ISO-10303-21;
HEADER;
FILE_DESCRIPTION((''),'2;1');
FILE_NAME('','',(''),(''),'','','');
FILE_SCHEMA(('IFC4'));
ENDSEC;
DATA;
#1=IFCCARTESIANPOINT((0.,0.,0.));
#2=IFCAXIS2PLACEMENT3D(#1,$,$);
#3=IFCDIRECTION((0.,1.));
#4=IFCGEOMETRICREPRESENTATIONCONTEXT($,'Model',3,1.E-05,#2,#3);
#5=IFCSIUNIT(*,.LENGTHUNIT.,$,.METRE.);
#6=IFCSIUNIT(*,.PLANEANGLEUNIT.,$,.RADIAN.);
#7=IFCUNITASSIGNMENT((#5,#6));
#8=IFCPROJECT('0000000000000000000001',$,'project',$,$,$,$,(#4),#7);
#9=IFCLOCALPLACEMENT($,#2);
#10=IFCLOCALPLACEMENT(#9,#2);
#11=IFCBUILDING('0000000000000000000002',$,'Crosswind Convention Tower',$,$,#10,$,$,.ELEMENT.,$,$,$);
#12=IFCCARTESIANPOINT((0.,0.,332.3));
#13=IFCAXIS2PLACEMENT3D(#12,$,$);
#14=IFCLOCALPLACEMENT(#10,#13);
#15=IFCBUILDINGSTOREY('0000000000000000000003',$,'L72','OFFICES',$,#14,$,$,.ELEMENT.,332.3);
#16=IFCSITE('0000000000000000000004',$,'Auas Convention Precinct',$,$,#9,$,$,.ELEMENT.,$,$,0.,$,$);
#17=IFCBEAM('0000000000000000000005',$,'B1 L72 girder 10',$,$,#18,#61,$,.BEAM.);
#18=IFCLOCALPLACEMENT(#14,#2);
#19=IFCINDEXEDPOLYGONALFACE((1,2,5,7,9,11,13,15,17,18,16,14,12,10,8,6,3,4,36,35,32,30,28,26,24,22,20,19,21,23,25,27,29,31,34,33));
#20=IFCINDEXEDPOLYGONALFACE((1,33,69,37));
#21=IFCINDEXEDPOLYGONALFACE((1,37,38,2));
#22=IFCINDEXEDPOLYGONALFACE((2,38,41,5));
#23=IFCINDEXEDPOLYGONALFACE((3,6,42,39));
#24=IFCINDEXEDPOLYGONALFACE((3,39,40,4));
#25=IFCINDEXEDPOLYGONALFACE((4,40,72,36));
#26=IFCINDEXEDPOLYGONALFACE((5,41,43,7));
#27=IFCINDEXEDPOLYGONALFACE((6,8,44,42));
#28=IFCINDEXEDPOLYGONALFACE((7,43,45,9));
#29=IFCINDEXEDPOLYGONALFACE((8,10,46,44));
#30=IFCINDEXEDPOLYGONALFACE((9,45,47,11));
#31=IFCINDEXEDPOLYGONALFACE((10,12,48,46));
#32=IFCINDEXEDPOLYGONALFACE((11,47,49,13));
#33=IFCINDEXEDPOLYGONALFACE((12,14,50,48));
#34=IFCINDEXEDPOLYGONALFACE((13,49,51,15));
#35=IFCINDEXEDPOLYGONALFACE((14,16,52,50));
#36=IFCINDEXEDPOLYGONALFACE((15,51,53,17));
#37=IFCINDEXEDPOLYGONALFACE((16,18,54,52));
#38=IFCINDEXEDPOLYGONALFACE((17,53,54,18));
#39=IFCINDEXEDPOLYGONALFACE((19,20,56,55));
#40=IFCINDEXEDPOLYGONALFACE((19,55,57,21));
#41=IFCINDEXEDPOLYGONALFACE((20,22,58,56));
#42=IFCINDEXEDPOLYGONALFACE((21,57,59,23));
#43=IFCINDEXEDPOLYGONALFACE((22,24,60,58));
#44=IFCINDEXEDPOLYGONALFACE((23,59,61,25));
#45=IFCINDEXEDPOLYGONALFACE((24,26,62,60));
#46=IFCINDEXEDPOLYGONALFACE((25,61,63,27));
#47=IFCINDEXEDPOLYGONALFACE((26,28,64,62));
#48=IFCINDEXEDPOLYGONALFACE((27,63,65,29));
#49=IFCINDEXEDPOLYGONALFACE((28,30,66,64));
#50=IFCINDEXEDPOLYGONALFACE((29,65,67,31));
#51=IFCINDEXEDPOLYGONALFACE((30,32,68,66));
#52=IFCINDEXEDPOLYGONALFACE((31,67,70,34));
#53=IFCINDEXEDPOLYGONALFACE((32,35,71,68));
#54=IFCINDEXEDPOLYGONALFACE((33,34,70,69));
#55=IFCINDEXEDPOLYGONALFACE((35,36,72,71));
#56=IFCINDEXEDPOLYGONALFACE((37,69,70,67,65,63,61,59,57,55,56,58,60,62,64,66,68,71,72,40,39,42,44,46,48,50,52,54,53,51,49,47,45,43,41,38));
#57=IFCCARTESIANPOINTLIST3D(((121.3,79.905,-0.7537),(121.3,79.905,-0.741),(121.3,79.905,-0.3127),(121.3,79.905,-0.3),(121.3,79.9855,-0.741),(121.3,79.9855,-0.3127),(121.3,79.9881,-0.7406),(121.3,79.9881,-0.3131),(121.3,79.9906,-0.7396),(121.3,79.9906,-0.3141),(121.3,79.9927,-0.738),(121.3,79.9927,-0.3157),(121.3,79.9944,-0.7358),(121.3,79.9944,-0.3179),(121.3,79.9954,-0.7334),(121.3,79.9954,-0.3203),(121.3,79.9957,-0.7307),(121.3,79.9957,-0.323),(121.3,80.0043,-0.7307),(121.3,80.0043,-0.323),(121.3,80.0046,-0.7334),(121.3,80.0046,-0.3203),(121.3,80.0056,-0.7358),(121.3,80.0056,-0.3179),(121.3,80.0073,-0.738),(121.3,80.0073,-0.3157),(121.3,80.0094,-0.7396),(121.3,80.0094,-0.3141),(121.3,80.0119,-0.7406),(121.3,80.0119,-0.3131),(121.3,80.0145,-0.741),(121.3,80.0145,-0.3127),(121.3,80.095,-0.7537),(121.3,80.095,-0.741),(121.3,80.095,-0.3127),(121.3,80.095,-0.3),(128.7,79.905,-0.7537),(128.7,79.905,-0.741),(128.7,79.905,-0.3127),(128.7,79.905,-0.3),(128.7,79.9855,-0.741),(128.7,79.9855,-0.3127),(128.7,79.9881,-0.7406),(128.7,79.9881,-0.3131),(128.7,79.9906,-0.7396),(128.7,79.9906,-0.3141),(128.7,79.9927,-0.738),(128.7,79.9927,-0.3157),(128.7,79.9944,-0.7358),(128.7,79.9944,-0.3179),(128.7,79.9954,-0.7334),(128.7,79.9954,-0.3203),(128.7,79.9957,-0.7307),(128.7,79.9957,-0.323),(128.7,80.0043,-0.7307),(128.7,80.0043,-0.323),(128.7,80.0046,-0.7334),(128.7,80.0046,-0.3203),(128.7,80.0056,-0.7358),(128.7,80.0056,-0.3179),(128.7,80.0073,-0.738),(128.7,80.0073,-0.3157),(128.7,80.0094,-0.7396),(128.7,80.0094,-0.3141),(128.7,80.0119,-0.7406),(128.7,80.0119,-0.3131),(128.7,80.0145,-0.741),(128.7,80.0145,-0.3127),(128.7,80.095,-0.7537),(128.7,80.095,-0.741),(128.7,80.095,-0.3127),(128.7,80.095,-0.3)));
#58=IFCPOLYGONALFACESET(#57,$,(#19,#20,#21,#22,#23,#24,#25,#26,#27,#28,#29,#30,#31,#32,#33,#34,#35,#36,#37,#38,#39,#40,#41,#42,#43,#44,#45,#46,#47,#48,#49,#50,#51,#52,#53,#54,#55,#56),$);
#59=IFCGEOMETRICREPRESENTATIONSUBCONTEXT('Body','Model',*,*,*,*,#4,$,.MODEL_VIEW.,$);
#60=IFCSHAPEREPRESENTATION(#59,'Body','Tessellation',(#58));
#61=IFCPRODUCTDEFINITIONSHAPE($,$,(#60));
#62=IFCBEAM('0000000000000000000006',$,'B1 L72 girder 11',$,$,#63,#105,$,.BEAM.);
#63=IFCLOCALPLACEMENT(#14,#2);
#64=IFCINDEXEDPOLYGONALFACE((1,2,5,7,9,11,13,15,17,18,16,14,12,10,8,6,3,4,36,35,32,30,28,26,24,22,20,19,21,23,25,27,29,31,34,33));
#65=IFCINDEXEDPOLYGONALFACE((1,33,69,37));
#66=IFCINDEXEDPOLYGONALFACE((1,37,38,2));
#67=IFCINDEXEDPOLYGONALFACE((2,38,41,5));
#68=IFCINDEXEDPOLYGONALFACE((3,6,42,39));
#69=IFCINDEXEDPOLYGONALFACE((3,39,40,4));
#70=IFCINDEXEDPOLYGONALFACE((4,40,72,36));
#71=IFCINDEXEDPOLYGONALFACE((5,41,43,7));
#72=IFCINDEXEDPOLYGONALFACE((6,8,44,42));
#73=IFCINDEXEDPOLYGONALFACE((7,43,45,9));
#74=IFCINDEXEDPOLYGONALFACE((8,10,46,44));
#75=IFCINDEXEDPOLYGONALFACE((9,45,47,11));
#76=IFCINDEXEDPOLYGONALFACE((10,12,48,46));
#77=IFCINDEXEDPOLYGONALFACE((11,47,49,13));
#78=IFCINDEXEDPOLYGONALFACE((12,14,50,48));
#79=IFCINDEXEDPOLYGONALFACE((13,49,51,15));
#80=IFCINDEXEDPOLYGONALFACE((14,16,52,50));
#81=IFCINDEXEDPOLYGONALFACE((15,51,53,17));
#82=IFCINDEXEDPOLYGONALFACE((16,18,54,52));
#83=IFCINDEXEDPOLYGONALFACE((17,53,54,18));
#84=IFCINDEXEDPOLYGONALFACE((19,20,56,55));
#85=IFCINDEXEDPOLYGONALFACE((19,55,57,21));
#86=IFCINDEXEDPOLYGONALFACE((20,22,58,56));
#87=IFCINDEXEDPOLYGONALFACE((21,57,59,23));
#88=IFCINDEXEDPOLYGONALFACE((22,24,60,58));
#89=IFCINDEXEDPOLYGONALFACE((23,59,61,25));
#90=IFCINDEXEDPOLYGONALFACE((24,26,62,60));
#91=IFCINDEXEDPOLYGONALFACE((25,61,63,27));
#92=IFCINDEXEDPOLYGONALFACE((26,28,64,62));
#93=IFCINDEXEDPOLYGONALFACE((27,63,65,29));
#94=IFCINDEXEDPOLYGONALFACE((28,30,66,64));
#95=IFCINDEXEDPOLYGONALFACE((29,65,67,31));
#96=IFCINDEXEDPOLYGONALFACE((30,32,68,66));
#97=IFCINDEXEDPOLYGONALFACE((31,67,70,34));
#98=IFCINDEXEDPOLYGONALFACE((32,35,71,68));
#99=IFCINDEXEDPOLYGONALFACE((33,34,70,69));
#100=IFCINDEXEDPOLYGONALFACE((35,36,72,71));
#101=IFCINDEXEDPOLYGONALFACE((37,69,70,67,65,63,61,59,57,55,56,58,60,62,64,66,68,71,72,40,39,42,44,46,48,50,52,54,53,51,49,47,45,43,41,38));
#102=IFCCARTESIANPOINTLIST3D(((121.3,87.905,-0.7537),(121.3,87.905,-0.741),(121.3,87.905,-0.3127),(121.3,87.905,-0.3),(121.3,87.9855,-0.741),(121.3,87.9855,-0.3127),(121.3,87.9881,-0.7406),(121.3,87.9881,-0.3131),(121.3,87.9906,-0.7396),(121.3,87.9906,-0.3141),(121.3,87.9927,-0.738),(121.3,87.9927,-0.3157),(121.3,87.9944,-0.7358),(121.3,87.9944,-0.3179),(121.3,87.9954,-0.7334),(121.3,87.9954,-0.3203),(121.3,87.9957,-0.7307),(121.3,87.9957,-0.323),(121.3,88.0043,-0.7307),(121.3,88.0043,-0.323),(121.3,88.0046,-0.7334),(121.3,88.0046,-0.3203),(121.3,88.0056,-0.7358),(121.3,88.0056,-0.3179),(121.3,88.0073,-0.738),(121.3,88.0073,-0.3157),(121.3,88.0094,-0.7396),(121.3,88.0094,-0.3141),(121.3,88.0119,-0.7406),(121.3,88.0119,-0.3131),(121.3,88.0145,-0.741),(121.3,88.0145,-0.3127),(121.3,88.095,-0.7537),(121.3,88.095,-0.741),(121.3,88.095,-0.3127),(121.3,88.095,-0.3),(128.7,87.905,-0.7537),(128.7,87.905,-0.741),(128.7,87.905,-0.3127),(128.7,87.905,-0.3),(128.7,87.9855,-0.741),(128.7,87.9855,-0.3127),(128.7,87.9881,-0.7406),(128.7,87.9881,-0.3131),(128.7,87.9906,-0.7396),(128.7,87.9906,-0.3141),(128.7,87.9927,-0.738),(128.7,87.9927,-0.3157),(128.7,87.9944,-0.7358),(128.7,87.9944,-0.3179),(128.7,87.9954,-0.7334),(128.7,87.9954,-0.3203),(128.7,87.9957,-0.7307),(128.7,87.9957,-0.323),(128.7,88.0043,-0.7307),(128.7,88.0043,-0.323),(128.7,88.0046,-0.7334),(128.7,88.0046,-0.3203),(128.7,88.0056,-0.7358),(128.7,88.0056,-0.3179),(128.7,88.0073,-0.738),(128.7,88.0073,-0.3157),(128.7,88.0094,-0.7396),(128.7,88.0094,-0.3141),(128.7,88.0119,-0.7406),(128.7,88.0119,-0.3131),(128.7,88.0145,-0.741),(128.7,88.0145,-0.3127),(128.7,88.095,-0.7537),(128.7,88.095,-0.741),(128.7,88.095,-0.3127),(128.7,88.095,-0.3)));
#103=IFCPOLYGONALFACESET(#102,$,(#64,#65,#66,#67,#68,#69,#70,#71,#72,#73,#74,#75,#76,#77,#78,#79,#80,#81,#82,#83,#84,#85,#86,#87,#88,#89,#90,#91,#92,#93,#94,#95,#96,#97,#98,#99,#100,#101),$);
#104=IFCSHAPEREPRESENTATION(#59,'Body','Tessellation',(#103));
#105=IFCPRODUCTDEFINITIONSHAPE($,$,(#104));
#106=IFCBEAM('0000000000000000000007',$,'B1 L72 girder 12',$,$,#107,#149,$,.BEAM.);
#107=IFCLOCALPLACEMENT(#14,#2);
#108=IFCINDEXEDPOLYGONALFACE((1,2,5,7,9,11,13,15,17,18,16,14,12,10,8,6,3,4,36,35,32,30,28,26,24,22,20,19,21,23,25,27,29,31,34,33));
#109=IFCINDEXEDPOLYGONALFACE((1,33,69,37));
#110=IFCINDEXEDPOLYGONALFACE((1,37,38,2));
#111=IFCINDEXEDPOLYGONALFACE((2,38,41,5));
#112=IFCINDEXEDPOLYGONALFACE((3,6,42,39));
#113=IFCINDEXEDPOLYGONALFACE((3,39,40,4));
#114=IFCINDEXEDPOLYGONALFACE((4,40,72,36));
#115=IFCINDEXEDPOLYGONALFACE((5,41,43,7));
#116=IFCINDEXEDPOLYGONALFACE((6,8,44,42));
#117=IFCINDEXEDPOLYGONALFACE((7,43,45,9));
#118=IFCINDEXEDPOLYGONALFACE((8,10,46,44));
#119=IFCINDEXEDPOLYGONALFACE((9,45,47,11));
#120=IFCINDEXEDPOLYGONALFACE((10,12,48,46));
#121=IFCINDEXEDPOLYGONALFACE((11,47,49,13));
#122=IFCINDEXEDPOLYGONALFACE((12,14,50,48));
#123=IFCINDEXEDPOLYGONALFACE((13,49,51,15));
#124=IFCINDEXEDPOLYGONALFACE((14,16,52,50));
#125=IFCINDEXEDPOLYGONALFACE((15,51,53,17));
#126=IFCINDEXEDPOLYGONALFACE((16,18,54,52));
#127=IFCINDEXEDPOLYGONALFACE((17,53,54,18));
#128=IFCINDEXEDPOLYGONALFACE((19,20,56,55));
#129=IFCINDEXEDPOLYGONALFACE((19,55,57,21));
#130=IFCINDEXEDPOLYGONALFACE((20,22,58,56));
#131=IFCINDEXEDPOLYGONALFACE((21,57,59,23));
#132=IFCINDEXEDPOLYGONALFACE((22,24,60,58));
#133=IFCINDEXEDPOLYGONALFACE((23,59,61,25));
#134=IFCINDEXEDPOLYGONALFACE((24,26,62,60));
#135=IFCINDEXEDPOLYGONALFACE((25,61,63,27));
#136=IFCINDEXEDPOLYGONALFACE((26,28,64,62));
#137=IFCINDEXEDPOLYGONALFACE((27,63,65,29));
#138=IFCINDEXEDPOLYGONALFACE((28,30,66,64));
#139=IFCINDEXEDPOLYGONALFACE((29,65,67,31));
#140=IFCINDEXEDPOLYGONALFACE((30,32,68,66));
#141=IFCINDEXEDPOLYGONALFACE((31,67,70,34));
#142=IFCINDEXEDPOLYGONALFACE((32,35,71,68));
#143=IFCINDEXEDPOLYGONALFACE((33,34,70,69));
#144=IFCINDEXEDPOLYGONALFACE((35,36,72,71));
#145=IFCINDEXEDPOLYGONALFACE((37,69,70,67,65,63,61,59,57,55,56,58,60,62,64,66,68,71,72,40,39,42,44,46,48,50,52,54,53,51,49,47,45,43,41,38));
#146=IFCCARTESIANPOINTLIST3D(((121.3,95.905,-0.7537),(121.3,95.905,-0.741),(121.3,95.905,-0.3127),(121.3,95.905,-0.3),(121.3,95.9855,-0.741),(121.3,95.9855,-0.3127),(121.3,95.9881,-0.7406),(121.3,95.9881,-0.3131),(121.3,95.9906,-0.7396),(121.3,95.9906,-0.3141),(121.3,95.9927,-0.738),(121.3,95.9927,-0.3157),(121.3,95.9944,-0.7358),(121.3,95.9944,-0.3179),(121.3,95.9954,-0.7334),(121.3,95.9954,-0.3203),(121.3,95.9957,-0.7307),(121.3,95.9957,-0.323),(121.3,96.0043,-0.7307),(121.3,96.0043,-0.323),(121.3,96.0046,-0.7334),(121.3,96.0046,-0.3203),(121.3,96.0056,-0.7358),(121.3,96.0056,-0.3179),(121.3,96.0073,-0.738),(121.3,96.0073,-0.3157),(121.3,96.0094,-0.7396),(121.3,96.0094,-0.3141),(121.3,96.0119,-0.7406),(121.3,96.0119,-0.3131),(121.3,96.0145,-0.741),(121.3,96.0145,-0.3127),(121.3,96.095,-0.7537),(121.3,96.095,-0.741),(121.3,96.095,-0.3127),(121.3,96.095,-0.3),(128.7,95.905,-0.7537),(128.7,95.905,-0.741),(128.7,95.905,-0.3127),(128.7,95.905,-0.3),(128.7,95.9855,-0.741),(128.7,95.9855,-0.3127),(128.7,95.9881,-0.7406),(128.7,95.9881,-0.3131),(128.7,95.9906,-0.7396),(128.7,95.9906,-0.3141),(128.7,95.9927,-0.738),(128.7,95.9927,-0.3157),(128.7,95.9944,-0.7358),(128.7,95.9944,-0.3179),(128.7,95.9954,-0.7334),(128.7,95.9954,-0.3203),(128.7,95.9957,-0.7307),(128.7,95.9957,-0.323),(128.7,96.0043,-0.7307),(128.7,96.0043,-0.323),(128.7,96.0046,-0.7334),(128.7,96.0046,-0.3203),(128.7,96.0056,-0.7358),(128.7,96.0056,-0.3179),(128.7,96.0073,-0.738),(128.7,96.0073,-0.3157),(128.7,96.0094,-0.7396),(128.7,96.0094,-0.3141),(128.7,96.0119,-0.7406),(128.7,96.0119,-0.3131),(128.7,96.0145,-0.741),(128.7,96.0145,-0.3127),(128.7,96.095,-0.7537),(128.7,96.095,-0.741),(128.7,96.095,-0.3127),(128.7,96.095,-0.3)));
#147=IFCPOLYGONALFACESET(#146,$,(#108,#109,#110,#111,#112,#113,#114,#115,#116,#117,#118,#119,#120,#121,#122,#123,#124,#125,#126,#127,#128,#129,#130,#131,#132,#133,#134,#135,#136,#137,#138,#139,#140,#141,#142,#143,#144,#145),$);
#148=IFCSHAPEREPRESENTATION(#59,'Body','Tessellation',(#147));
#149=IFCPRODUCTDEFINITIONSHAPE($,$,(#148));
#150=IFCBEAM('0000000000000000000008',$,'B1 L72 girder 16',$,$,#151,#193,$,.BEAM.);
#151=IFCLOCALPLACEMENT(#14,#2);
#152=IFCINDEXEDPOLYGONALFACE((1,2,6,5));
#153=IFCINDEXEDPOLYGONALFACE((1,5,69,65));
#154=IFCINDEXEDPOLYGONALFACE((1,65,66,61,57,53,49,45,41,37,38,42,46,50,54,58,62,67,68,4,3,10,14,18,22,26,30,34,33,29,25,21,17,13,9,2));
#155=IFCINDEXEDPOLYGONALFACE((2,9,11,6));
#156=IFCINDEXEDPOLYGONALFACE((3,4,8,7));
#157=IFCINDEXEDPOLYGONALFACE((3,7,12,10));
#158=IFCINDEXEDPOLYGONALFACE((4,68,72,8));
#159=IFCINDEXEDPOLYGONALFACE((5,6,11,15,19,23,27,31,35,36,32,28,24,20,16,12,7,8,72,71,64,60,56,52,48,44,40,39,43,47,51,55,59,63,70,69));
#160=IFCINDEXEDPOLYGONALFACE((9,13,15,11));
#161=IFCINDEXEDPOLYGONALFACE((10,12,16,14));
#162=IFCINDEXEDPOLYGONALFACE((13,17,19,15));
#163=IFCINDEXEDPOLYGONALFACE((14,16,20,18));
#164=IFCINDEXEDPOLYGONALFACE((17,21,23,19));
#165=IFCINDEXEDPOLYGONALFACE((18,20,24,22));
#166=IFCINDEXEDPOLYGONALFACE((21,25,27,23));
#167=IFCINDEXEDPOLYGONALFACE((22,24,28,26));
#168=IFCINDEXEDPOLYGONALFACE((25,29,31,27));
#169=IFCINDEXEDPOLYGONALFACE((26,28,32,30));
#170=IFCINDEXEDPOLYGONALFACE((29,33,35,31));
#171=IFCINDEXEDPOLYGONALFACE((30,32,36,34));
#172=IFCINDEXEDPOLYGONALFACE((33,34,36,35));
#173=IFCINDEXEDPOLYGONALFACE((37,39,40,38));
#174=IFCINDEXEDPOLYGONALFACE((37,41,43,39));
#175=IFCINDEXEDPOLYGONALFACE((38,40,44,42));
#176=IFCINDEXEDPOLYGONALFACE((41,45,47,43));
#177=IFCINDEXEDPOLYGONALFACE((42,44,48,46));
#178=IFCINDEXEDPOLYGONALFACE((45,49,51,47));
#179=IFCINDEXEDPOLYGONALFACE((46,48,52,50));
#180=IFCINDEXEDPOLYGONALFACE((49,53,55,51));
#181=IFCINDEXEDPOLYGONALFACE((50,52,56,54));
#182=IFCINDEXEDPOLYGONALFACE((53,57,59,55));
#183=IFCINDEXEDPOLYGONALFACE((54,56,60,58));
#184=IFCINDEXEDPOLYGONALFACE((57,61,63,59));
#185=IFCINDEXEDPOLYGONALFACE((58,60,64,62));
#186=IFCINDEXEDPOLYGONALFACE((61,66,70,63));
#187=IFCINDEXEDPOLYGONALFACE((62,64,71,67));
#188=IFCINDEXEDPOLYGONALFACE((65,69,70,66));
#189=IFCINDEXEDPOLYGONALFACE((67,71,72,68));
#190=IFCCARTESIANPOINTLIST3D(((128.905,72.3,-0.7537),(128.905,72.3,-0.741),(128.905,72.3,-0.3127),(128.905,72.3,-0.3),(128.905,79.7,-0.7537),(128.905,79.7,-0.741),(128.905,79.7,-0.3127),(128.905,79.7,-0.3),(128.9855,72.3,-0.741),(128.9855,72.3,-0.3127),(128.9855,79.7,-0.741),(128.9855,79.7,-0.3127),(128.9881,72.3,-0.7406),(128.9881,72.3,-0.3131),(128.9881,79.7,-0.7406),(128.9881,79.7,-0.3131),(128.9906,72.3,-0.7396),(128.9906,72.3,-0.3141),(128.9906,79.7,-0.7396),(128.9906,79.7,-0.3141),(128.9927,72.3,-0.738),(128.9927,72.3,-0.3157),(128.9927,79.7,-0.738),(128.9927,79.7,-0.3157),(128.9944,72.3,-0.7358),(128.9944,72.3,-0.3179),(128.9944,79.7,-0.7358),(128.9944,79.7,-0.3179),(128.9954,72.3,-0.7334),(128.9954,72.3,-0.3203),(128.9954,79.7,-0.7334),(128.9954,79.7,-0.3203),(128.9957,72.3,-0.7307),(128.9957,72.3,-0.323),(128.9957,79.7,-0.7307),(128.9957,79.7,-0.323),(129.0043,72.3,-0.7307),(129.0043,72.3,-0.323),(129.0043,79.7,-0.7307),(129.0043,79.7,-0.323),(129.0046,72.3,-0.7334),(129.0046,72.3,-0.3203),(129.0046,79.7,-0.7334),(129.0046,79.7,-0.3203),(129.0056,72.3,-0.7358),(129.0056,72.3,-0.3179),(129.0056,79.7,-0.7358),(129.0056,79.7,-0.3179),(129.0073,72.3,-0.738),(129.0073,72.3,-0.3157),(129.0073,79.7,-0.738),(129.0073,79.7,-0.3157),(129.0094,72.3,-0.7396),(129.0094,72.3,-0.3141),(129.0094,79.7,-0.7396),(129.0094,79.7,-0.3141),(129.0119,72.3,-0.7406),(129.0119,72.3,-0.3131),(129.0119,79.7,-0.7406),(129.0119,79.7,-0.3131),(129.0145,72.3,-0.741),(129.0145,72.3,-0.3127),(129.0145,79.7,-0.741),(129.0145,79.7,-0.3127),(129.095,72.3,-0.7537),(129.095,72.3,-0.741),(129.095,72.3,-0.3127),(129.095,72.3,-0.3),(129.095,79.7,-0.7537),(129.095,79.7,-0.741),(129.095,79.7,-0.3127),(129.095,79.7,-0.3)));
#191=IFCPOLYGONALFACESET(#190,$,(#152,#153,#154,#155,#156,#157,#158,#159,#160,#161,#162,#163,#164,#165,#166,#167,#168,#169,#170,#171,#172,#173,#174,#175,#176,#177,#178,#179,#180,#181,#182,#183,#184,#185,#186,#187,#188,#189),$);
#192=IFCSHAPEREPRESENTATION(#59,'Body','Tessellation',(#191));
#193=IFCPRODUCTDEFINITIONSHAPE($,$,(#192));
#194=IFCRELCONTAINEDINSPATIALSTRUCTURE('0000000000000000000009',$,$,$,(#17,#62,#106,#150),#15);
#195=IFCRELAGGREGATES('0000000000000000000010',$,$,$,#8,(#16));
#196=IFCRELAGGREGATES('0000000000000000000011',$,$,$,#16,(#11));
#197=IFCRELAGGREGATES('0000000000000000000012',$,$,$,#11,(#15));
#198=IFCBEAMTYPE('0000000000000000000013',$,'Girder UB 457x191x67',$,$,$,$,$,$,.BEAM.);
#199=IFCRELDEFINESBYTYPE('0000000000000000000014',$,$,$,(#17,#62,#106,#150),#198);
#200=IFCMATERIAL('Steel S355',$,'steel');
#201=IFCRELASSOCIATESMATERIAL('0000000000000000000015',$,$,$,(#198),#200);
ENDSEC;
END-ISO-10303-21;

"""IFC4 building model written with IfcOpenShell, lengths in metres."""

from ifc_helpers import new_model, si_unit, direction, frame, origin, origin_2d, place, context, subcontext, project, spatial, i_section, extrude, material, material_profile, profile_set, type_object, element, save


model = new_model("IFC4")

# Units and contexts
model_context = context("Model", 3, precision=1e-05, world=origin(), true_north=direction((0.0, 1.0)))
body_context = subcontext(model_context, "Body", "Model", "MODEL_VIEW")
ifc_project = project(units=[si_unit("LENGTHUNIT", "METRE"), si_unit("PLANEANGLEUNIT", "RADIAN")], contexts=[model_context])

# Site, building, storey
site_placement = place(None, origin())
site = spatial("IfcSite", under=ifc_project, at=site_placement, Name="Auas Convention Precinct", CompositionType="ELEMENT", RefElevation=0.0)
building_placement = place(site_placement, origin())
building = spatial("IfcBuilding", under=site, at=building_placement, Name="Crosswind Convention Tower", CompositionType="ELEMENT")
storey_placement = place(building_placement, frame((0.0, 0.0, 332.3)))
storey = spatial("IfcBuildingStorey", under=building, at=storey_placement, Name="L72", Description="OFFICES", CompositionType="ELEMENT", Elevation=332.3)

# Beams
ifc_material_1 = material(Name="Steel S355", Category="steel")
ifc_material_profile_1 = material_profile(ifc_material_1, i_section(OverallWidth=0.1899, OverallDepth=0.4536, WebThickness=0.0085, FlangeThickness=0.0127, FilletRadius=0.0103, at=origin_2d()), Name="UB 457x191x67")
ifc_profile_set_1 = profile_set([ifc_material_profile_1], Name="Steel S355")
beam_type_1 = type_object("IfcBeamType", Name="Girder UB 457x191x67", PredefinedType="BEAM", material=ifc_profile_set_1)
for number, where, z_axis, x_axis, name in (
    (1, (121.3, 80.0, -0.5269), (1.0, 0.0, 0.0), (0.0, 1.0, 0.0), "B1 L72 girder 10"),
    (2, (121.3, 88.0, -0.5269), (1.0, 0.0, 0.0), (0.0, 1.0, 0.0), "B1 L72 girder 11"),
    (3, (121.3, 96.0, -0.5269), (1.0, 0.0, 0.0), (0.0, 1.0, 0.0), "B1 L72 girder 12"),
    (4, (129.0, 72.3, -0.5269), (0.0, 1.0, 0.0), (-1.0, 0.0, 0.0), "B1 L72 girder 16"),
):
    element("IfcBeam", number, at=place(storey_placement, frame(where, z_axis=z_axis, x_axis=x_axis)), inside=storey, type_object=beam_type_1, Name=name, PredefinedType="BEAM", context=body_context, shape_type="SweptSolid", body=[
        extrude(i_section(OverallWidth=0.1899, OverallDepth=0.4536, WebThickness=0.0085, FlangeThickness=0.0127, FilletRadius=0.0103, at=origin_2d()), origin(), (0.0, 0.0, 1.0), 7.3999),
    ])

save(model, "model.ifc")
